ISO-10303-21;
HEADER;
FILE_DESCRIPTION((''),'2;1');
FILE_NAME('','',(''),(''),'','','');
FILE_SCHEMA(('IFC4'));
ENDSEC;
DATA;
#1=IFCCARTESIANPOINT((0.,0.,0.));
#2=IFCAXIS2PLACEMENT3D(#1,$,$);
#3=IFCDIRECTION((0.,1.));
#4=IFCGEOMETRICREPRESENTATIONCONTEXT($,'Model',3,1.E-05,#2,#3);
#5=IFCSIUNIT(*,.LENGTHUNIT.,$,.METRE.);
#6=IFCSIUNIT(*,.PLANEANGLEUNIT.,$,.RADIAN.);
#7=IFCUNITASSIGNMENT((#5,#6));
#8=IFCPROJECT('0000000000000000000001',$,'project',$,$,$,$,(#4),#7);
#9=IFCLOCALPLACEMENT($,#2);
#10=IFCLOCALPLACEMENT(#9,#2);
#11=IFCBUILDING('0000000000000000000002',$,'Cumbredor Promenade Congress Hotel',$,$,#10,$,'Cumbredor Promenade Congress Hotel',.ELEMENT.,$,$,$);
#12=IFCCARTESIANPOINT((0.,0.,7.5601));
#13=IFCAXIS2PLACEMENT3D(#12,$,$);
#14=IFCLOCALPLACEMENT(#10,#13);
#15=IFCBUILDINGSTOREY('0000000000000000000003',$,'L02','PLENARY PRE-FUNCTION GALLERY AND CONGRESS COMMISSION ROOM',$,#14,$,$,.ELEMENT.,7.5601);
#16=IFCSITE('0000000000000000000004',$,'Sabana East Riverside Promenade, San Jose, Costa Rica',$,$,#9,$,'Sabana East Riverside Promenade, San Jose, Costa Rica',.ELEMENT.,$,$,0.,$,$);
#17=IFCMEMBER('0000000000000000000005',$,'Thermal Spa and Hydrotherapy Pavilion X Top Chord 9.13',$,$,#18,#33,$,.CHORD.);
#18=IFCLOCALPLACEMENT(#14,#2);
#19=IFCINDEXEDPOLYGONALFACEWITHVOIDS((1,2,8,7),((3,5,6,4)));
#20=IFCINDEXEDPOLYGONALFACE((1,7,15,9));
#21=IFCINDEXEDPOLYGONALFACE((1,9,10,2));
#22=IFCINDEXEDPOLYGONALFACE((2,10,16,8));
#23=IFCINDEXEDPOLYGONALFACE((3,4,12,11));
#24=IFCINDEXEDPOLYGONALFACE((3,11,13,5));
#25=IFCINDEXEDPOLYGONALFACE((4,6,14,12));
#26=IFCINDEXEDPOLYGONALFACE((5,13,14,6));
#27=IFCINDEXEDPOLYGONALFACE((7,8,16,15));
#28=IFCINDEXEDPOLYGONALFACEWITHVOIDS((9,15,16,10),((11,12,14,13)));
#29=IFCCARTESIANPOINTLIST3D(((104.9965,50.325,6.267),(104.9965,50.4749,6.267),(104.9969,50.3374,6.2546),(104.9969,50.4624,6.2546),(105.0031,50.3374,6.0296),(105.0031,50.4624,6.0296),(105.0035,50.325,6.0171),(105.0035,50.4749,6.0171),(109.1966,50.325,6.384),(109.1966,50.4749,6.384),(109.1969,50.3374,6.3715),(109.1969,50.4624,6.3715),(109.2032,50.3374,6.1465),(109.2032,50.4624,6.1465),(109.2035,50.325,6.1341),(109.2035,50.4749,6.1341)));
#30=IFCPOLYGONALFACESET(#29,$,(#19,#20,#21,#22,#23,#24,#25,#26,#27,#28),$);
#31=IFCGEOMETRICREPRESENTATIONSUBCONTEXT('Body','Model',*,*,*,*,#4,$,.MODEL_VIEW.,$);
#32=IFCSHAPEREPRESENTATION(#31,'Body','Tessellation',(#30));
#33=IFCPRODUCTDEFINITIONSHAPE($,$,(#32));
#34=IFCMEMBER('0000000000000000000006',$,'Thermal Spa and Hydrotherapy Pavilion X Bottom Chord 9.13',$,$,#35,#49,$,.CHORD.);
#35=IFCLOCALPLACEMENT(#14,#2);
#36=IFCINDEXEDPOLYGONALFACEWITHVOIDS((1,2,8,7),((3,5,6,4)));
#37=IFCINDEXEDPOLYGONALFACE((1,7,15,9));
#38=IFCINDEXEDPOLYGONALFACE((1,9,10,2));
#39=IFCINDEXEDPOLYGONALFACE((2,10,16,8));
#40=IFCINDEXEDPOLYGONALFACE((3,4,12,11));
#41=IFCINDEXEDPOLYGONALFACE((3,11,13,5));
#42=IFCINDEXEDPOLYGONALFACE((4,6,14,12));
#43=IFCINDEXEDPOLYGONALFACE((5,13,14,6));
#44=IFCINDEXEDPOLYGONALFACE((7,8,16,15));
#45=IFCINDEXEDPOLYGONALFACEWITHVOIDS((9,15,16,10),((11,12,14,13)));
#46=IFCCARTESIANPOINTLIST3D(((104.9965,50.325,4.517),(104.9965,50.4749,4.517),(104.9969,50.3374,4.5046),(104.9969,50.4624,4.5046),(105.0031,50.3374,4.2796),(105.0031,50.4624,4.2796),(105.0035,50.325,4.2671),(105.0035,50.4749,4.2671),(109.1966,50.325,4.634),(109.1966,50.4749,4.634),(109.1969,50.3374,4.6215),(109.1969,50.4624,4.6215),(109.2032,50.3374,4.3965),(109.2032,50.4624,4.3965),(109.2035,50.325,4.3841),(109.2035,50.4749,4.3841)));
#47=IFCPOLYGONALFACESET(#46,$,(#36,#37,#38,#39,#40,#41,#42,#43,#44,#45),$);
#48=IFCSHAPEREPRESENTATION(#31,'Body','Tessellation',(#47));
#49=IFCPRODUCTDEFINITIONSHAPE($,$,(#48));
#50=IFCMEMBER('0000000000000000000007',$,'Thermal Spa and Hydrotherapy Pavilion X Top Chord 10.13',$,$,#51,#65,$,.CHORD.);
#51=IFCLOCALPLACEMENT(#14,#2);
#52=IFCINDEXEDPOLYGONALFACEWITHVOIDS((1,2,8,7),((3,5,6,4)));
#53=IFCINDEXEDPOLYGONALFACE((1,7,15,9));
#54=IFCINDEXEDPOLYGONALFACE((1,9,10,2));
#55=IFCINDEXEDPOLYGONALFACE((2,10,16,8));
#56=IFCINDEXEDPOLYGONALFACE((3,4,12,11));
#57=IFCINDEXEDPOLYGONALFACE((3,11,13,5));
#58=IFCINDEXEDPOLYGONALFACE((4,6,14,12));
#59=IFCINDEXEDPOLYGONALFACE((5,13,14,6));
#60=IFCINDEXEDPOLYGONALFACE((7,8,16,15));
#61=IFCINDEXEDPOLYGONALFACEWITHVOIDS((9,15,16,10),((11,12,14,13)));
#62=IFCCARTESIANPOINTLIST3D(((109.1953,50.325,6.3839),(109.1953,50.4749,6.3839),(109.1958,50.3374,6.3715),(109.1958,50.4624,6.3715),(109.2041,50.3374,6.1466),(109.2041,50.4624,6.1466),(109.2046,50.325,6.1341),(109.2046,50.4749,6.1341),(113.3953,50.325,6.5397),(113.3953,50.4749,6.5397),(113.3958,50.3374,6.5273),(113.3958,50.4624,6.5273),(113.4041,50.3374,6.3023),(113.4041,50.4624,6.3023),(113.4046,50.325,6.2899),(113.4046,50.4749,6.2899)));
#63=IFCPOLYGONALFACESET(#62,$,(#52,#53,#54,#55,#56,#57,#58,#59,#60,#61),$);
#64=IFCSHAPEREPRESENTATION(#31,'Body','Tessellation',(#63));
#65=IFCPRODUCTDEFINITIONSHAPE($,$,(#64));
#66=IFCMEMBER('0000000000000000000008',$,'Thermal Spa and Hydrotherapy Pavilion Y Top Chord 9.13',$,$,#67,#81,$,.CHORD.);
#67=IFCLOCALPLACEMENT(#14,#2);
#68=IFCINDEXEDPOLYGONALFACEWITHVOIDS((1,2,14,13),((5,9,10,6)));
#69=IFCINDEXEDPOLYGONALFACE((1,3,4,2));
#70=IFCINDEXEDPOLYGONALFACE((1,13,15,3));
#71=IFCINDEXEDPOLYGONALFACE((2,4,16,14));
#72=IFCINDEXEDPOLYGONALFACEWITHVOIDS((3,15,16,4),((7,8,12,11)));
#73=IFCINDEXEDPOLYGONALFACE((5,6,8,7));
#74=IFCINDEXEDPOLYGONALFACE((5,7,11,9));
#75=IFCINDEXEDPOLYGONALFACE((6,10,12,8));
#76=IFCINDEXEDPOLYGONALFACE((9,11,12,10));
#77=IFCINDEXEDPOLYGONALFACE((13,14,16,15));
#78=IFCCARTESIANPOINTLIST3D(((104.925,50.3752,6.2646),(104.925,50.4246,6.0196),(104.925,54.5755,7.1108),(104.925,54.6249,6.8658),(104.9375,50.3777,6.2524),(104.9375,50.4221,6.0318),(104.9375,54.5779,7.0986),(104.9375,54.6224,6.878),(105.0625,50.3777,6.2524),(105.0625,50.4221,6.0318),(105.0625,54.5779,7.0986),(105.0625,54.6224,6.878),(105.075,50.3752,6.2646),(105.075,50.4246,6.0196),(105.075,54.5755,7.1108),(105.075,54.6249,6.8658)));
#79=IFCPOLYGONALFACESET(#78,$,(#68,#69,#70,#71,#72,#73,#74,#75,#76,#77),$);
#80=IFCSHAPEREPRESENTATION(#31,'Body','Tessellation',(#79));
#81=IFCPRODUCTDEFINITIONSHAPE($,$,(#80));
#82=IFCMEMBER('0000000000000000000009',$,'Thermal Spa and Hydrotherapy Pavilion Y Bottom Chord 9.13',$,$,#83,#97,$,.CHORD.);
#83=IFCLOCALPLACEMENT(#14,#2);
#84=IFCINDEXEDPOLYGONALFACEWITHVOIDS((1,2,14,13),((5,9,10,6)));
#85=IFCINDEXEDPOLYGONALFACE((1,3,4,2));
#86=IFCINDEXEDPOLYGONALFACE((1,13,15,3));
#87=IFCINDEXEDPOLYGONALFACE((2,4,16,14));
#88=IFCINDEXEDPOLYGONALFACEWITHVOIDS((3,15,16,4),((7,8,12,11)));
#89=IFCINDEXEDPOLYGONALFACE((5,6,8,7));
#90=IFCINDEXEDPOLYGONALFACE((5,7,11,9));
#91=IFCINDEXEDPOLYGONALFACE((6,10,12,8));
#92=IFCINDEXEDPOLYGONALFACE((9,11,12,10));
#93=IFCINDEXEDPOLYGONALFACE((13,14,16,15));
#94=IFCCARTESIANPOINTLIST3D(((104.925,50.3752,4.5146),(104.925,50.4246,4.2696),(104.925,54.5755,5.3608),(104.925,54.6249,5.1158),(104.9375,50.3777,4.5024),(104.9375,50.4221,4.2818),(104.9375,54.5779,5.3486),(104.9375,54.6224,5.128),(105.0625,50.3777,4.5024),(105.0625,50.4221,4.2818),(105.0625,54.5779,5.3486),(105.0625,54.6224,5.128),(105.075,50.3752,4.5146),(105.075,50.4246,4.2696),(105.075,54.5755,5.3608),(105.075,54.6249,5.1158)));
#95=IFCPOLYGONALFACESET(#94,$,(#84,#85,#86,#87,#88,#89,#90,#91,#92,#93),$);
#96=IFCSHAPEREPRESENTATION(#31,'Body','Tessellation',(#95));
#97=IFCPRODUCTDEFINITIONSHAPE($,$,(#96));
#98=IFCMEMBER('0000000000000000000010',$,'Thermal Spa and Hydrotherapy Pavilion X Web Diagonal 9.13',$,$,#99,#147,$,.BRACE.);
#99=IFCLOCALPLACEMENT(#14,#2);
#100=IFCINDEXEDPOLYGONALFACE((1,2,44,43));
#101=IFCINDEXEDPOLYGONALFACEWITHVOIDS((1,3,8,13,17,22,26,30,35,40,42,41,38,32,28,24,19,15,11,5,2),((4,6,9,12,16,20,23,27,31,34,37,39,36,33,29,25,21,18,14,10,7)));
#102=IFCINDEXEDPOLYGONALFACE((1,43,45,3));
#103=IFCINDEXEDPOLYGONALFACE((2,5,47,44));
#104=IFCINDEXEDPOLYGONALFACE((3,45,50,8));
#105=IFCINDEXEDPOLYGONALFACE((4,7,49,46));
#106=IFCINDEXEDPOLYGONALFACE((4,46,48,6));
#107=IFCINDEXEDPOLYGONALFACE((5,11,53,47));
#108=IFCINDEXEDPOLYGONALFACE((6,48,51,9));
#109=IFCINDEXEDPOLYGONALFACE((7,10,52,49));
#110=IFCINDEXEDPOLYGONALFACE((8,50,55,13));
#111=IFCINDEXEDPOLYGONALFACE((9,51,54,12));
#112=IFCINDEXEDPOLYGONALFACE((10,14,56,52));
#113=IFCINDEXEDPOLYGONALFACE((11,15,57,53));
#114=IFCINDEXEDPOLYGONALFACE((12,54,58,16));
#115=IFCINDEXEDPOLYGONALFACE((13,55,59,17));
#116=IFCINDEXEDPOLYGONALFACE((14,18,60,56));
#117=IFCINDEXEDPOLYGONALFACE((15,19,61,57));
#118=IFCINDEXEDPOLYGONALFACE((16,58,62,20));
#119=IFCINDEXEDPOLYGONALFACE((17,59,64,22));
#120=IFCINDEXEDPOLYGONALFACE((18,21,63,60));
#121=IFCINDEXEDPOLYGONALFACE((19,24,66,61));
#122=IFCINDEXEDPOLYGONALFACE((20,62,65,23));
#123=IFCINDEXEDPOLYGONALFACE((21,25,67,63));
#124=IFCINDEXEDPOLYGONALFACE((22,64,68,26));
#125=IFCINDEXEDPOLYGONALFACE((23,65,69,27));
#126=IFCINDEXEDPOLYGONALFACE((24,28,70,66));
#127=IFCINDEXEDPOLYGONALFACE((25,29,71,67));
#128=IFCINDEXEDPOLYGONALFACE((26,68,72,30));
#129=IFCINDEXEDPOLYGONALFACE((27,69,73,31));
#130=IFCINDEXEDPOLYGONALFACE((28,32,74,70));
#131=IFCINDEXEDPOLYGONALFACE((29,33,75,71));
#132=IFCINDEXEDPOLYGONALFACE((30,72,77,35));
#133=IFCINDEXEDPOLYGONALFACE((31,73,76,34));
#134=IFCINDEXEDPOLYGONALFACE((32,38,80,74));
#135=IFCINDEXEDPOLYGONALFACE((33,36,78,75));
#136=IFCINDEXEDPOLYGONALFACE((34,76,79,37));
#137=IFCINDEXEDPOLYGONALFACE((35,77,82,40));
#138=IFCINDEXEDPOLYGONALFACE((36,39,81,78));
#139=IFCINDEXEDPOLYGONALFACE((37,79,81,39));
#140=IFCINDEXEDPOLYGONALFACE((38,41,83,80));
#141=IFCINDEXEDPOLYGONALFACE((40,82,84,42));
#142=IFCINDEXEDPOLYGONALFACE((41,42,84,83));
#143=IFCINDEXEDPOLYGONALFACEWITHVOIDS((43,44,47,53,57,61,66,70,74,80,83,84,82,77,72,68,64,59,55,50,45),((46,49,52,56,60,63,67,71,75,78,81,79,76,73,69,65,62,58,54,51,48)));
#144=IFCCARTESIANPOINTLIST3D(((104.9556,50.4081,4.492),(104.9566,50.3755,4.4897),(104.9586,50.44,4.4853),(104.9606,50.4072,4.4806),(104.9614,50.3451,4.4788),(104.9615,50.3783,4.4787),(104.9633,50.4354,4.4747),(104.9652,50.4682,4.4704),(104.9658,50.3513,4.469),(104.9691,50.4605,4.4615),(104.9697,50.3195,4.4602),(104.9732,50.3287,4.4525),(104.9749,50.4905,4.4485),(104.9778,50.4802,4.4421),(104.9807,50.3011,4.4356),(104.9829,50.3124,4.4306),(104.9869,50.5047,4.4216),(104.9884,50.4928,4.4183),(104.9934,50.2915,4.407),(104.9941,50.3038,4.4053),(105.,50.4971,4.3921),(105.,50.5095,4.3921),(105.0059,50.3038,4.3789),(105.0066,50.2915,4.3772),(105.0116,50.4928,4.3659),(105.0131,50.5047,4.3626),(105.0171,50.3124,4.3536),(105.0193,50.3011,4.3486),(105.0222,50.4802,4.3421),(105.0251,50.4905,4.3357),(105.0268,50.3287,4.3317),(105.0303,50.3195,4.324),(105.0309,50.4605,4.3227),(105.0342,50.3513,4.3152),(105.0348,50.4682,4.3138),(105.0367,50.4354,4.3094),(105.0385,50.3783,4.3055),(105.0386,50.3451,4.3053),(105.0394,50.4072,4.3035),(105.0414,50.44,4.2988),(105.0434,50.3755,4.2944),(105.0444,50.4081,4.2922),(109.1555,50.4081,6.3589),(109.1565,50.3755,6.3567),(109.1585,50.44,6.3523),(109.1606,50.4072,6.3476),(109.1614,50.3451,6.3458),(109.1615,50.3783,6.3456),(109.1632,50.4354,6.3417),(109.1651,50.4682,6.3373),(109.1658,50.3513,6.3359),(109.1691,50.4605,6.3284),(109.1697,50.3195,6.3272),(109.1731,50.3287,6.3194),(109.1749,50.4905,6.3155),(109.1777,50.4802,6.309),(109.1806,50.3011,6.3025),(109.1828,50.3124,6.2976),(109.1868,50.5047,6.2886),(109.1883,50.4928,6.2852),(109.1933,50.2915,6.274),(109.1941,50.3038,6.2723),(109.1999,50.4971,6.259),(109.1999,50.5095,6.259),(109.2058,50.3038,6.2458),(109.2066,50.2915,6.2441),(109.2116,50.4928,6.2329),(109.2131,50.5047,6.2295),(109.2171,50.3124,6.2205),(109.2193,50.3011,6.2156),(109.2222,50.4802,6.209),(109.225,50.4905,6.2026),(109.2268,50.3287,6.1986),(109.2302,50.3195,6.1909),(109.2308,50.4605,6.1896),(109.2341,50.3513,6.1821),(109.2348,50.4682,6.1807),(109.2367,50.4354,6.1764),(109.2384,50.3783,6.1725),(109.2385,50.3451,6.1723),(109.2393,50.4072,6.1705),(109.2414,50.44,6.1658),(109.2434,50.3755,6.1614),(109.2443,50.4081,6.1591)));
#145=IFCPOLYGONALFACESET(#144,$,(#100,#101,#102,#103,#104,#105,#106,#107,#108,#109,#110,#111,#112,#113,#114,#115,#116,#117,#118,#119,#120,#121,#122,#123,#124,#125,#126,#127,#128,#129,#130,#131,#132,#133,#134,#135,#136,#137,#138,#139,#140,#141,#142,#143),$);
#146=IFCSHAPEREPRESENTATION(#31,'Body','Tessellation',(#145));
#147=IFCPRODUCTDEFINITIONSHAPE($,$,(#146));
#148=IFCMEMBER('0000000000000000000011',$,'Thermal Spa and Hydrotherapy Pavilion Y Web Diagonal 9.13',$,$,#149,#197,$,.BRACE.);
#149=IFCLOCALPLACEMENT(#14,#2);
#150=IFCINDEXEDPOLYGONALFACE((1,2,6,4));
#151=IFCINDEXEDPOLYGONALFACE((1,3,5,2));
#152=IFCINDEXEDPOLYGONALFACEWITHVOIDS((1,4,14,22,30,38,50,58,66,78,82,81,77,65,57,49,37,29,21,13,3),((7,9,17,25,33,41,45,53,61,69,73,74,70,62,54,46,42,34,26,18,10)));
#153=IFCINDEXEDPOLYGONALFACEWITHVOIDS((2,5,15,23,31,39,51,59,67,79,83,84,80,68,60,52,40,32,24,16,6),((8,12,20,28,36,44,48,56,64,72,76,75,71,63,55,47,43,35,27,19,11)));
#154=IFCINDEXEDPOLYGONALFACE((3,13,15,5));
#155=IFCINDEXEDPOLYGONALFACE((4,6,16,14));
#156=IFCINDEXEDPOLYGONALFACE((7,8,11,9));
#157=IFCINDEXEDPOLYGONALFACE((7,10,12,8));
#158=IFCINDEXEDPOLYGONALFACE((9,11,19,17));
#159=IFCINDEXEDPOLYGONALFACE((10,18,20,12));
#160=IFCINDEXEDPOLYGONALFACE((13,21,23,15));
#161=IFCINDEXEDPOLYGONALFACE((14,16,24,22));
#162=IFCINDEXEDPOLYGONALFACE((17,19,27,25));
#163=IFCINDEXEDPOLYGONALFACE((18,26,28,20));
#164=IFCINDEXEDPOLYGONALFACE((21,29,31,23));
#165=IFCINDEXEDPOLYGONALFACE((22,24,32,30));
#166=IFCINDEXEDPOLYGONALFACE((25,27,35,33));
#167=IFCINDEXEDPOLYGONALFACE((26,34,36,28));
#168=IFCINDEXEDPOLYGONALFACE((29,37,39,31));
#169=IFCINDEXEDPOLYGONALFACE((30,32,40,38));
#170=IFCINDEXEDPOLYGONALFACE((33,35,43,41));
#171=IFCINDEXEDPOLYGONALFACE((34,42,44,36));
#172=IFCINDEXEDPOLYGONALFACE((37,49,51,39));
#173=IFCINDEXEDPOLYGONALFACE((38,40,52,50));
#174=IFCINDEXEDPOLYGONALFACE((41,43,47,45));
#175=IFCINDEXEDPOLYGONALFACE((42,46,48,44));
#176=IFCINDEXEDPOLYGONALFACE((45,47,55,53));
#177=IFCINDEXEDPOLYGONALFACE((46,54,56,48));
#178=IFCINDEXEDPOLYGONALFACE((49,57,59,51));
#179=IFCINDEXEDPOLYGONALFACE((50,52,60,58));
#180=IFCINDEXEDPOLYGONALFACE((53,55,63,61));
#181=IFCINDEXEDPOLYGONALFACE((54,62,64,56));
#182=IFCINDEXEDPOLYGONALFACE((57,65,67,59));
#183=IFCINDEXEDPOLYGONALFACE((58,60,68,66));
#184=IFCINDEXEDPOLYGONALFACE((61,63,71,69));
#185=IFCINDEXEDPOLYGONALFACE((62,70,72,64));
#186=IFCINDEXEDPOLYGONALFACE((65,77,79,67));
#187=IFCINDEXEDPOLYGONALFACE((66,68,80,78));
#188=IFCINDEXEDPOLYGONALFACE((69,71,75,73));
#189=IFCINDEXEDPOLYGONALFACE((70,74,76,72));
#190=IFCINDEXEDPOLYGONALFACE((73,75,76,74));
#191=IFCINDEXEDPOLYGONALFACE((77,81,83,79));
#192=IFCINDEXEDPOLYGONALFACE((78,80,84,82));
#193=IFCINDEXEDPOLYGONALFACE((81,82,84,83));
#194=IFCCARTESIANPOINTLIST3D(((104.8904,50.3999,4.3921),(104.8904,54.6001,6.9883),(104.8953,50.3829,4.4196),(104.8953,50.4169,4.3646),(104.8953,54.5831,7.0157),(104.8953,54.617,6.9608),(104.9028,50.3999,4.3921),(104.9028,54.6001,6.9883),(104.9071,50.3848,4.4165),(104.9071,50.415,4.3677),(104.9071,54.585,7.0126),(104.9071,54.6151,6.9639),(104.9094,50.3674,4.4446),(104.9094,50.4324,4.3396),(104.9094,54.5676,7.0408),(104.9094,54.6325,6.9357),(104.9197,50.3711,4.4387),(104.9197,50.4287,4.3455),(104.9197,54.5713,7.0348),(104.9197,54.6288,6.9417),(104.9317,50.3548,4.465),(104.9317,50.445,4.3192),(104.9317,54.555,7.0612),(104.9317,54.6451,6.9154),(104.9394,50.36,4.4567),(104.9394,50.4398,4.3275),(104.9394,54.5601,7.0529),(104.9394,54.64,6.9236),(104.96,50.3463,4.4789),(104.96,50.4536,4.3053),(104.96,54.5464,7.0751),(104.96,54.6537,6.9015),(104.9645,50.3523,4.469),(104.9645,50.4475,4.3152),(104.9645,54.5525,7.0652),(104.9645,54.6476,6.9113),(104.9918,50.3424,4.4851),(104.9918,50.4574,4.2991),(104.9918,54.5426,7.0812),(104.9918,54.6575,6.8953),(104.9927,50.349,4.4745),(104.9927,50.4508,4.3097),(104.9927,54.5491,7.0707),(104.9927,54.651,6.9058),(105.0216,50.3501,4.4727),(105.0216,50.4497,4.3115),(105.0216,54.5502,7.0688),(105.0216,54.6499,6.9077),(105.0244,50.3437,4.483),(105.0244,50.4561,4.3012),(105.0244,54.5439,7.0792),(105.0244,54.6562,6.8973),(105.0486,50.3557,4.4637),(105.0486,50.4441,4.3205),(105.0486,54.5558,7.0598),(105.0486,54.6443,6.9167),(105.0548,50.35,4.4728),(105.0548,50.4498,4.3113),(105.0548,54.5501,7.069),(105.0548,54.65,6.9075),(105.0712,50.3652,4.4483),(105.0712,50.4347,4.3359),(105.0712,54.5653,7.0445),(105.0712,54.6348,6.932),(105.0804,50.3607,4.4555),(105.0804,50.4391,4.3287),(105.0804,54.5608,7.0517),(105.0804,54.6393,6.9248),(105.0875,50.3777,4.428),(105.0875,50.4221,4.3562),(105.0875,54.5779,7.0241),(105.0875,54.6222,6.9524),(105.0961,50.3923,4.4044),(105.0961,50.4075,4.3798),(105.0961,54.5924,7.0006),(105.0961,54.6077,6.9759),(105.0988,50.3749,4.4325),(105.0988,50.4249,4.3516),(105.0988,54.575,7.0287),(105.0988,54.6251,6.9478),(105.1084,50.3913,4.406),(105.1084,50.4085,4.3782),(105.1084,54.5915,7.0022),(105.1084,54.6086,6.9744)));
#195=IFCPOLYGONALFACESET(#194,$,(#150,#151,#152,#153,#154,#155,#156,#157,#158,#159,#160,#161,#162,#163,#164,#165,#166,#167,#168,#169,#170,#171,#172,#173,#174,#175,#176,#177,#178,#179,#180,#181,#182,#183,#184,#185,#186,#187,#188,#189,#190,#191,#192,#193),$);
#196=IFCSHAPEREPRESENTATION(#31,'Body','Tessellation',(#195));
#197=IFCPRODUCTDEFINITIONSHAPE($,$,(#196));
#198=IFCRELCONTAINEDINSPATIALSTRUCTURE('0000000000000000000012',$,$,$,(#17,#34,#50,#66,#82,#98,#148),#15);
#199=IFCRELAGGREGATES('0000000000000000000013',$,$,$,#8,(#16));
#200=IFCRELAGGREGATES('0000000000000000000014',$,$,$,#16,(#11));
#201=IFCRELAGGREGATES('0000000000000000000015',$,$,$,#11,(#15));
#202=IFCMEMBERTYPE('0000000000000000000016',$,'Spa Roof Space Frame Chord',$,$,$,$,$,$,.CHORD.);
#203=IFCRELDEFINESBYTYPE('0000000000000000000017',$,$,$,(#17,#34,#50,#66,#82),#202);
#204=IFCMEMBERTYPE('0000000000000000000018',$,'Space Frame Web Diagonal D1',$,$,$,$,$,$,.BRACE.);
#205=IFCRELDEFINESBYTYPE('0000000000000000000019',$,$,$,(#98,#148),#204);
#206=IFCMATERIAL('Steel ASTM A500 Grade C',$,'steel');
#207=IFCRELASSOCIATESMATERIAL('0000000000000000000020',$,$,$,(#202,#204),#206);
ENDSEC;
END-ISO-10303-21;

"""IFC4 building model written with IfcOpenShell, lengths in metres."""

from ifc_helpers import new_model, si_unit, direction, frame, origin, origin_2d, place, context, subcontext, project, spatial, hollow_rectangle, hollow_circle, extrude, material, material_profile, profile_set, type_object, element, save


model = new_model("IFC4")

# Units and contexts
model_context = context("Model", 3, precision=1e-05, world=origin(), true_north=direction((0.0, 1.0)))
body_context = subcontext(model_context, "Body", "Model", "MODEL_VIEW")
ifc_project = project(units=[si_unit("LENGTHUNIT", "METRE"), si_unit("PLANEANGLEUNIT", "RADIAN")], contexts=[model_context])

# Site, building, storey
site_placement = place(None, origin())
site = spatial("IfcSite", under=ifc_project, at=site_placement, Name="Sabana East Riverside Promenade, San Jose, Costa Rica", LongName="Sabana East Riverside Promenade, San Jose, Costa Rica", CompositionType="ELEMENT", RefElevation=0.0)
building_placement = place(site_placement, origin())
building = spatial("IfcBuilding", under=site, at=building_placement, Name="Cumbredor Promenade Congress Hotel", LongName="Cumbredor Promenade Congress Hotel", CompositionType="ELEMENT")
storey_placement = place(building_placement, frame((0.0, 0.0, 7.5601)))
storey = spatial("IfcBuildingStorey", under=building, at=storey_placement, Name="L02", Description="PLENARY PRE-FUNCTION GALLERY AND CONGRESS COMMISSION ROOM", CompositionType="ELEMENT", Elevation=7.5601)

# Members
ifc_material_1 = material(Name="Steel ASTM A500 Grade C", Category="steel")
ifc_material_profile_1 = material_profile(ifc_material_1, hollow_rectangle(XDim=0.1499, YDim=0.25, WallThickness=0.0125, at=origin_2d()), Name="HSS 250x150x12.5")
ifc_profile_set_1 = profile_set([ifc_material_profile_1], Name="Steel ASTM A500 Grade C")
member_type_1 = type_object("IfcMemberType", Name="Spa Roof Space Frame Chord", PredefinedType="CHORD", material=ifc_profile_set_1)
for number, where, z_axis, x_axis, name in (
    (1, (105.0, 50.3999, 6.1421), (0.999613, 0.0, 0.027833), (0.0, 1.0, 0.0), "Thermal Spa and Hydrotherapy Pavilion X Top Chord 9.13"),
    (2, (105.0, 50.3999, 4.3921), (0.999613, 0.0, 0.027833), (0.0, 1.0, 0.0), "Thermal Spa and Hydrotherapy Pavilion X Bottom Chord 9.13"),
):
    element("IfcMember", number, at=place(storey_placement, frame(where, z_axis=z_axis, x_axis=x_axis)), inside=storey, type_object=member_type_1, Name=name, PredefinedType="CHORD", context=body_context, shape_type="SweptSolid", body=[
        extrude(hollow_rectangle(XDim=0.1499, YDim=0.25, WallThickness=0.0125, at=origin_2d()), origin(), (0.0, 0.0, 1.0), 4.2017),
    ])
member_1_placement = place(storey_placement, frame((109.2, 50.3999, 6.259), z_axis=(0.999313, 0.0, 0.037061), x_axis=(0.0, 1.0, 0.0)))
element("IfcMember", 3, at=member_1_placement, inside=storey, type_object=member_type_1, Name="Thermal Spa and Hydrotherapy Pavilion X Top Chord 10.13", PredefinedType="CHORD", context=body_context, shape_type="SweptSolid", body=[
    extrude(hollow_rectangle(XDim=0.1499, YDim=0.25, WallThickness=0.0125, at=origin_2d()), origin(), (0.0, 0.0, 1.0), 4.2029),
])
for number, where, z_axis, x_axis, name in (
    (4, (105.0, 50.3999, 6.1421), (0.0, 0.980304, 0.197497), (-1.0, 0.0, 0.0), "Thermal Spa and Hydrotherapy Pavilion Y Top Chord 9.13"),
    (5, (105.0, 50.3999, 4.3921), (0.0, 0.980304, 0.197497), (-1.0, 0.0, 0.0), "Thermal Spa and Hydrotherapy Pavilion Y Bottom Chord 9.13"),
):
    element("IfcMember", number, at=place(storey_placement, frame(where, z_axis=z_axis, x_axis=x_axis)), inside=storey, type_object=member_type_1, Name=name, PredefinedType="CHORD", context=body_context, shape_type="SweptSolid", body=[
        extrude(hollow_rectangle(XDim=0.1499, YDim=0.25, WallThickness=0.0125, at=origin_2d()), origin(), (0.0, 0.0, 1.0), 4.2847),
    ])
ifc_material_profile_2 = material_profile(ifc_material_1, hollow_circle(Radius=0.1096, WallThickness=0.0125, at=origin_2d()), Name="CHS 219.1x12.5")
ifc_profile_set_2 = profile_set([ifc_material_profile_2], Name="Steel ASTM A500 Grade C")
member_type_2 = type_object("IfcMemberType", Name="Space Frame Web Diagonal D1", PredefinedType="BRACE", material=ifc_profile_set_2)
member_2_placement = place(storey_placement, frame((105.0, 50.3999, 4.3921), z_axis=(0.913787, 0.0, 0.406193), x_axis=(0.0, 1.0, 0.0)))
element("IfcMember", 6, at=member_2_placement, inside=storey, type_object=member_type_2, Name="Thermal Spa and Hydrotherapy Pavilion X Web Diagonal 9.13", PredefinedType="BRACE", context=body_context, shape_type="SweptSolid", body=[
    extrude(hollow_circle(Radius=0.1096, WallThickness=0.0125, at=origin_2d()), origin(), (0.0, 0.0, 1.0), 4.5962),
])
member_3_placement = place(storey_placement, frame((105.0, 50.3999, 4.3921), z_axis=(0.0, 0.850621, 0.525779), x_axis=(-1.0, 0.0, 0.0)))
element("IfcMember", 7, at=member_3_placement, inside=storey, type_object=member_type_2, Name="Thermal Spa and Hydrotherapy Pavilion Y Web Diagonal 9.13", PredefinedType="BRACE", context=body_context, shape_type="SweptSolid", body=[
    extrude(hollow_circle(Radius=0.1096, WallThickness=0.0125, at=origin_2d()), origin(), (0.0, 0.0, 1.0), 4.9377),
])

save(model, "model.ifc")
